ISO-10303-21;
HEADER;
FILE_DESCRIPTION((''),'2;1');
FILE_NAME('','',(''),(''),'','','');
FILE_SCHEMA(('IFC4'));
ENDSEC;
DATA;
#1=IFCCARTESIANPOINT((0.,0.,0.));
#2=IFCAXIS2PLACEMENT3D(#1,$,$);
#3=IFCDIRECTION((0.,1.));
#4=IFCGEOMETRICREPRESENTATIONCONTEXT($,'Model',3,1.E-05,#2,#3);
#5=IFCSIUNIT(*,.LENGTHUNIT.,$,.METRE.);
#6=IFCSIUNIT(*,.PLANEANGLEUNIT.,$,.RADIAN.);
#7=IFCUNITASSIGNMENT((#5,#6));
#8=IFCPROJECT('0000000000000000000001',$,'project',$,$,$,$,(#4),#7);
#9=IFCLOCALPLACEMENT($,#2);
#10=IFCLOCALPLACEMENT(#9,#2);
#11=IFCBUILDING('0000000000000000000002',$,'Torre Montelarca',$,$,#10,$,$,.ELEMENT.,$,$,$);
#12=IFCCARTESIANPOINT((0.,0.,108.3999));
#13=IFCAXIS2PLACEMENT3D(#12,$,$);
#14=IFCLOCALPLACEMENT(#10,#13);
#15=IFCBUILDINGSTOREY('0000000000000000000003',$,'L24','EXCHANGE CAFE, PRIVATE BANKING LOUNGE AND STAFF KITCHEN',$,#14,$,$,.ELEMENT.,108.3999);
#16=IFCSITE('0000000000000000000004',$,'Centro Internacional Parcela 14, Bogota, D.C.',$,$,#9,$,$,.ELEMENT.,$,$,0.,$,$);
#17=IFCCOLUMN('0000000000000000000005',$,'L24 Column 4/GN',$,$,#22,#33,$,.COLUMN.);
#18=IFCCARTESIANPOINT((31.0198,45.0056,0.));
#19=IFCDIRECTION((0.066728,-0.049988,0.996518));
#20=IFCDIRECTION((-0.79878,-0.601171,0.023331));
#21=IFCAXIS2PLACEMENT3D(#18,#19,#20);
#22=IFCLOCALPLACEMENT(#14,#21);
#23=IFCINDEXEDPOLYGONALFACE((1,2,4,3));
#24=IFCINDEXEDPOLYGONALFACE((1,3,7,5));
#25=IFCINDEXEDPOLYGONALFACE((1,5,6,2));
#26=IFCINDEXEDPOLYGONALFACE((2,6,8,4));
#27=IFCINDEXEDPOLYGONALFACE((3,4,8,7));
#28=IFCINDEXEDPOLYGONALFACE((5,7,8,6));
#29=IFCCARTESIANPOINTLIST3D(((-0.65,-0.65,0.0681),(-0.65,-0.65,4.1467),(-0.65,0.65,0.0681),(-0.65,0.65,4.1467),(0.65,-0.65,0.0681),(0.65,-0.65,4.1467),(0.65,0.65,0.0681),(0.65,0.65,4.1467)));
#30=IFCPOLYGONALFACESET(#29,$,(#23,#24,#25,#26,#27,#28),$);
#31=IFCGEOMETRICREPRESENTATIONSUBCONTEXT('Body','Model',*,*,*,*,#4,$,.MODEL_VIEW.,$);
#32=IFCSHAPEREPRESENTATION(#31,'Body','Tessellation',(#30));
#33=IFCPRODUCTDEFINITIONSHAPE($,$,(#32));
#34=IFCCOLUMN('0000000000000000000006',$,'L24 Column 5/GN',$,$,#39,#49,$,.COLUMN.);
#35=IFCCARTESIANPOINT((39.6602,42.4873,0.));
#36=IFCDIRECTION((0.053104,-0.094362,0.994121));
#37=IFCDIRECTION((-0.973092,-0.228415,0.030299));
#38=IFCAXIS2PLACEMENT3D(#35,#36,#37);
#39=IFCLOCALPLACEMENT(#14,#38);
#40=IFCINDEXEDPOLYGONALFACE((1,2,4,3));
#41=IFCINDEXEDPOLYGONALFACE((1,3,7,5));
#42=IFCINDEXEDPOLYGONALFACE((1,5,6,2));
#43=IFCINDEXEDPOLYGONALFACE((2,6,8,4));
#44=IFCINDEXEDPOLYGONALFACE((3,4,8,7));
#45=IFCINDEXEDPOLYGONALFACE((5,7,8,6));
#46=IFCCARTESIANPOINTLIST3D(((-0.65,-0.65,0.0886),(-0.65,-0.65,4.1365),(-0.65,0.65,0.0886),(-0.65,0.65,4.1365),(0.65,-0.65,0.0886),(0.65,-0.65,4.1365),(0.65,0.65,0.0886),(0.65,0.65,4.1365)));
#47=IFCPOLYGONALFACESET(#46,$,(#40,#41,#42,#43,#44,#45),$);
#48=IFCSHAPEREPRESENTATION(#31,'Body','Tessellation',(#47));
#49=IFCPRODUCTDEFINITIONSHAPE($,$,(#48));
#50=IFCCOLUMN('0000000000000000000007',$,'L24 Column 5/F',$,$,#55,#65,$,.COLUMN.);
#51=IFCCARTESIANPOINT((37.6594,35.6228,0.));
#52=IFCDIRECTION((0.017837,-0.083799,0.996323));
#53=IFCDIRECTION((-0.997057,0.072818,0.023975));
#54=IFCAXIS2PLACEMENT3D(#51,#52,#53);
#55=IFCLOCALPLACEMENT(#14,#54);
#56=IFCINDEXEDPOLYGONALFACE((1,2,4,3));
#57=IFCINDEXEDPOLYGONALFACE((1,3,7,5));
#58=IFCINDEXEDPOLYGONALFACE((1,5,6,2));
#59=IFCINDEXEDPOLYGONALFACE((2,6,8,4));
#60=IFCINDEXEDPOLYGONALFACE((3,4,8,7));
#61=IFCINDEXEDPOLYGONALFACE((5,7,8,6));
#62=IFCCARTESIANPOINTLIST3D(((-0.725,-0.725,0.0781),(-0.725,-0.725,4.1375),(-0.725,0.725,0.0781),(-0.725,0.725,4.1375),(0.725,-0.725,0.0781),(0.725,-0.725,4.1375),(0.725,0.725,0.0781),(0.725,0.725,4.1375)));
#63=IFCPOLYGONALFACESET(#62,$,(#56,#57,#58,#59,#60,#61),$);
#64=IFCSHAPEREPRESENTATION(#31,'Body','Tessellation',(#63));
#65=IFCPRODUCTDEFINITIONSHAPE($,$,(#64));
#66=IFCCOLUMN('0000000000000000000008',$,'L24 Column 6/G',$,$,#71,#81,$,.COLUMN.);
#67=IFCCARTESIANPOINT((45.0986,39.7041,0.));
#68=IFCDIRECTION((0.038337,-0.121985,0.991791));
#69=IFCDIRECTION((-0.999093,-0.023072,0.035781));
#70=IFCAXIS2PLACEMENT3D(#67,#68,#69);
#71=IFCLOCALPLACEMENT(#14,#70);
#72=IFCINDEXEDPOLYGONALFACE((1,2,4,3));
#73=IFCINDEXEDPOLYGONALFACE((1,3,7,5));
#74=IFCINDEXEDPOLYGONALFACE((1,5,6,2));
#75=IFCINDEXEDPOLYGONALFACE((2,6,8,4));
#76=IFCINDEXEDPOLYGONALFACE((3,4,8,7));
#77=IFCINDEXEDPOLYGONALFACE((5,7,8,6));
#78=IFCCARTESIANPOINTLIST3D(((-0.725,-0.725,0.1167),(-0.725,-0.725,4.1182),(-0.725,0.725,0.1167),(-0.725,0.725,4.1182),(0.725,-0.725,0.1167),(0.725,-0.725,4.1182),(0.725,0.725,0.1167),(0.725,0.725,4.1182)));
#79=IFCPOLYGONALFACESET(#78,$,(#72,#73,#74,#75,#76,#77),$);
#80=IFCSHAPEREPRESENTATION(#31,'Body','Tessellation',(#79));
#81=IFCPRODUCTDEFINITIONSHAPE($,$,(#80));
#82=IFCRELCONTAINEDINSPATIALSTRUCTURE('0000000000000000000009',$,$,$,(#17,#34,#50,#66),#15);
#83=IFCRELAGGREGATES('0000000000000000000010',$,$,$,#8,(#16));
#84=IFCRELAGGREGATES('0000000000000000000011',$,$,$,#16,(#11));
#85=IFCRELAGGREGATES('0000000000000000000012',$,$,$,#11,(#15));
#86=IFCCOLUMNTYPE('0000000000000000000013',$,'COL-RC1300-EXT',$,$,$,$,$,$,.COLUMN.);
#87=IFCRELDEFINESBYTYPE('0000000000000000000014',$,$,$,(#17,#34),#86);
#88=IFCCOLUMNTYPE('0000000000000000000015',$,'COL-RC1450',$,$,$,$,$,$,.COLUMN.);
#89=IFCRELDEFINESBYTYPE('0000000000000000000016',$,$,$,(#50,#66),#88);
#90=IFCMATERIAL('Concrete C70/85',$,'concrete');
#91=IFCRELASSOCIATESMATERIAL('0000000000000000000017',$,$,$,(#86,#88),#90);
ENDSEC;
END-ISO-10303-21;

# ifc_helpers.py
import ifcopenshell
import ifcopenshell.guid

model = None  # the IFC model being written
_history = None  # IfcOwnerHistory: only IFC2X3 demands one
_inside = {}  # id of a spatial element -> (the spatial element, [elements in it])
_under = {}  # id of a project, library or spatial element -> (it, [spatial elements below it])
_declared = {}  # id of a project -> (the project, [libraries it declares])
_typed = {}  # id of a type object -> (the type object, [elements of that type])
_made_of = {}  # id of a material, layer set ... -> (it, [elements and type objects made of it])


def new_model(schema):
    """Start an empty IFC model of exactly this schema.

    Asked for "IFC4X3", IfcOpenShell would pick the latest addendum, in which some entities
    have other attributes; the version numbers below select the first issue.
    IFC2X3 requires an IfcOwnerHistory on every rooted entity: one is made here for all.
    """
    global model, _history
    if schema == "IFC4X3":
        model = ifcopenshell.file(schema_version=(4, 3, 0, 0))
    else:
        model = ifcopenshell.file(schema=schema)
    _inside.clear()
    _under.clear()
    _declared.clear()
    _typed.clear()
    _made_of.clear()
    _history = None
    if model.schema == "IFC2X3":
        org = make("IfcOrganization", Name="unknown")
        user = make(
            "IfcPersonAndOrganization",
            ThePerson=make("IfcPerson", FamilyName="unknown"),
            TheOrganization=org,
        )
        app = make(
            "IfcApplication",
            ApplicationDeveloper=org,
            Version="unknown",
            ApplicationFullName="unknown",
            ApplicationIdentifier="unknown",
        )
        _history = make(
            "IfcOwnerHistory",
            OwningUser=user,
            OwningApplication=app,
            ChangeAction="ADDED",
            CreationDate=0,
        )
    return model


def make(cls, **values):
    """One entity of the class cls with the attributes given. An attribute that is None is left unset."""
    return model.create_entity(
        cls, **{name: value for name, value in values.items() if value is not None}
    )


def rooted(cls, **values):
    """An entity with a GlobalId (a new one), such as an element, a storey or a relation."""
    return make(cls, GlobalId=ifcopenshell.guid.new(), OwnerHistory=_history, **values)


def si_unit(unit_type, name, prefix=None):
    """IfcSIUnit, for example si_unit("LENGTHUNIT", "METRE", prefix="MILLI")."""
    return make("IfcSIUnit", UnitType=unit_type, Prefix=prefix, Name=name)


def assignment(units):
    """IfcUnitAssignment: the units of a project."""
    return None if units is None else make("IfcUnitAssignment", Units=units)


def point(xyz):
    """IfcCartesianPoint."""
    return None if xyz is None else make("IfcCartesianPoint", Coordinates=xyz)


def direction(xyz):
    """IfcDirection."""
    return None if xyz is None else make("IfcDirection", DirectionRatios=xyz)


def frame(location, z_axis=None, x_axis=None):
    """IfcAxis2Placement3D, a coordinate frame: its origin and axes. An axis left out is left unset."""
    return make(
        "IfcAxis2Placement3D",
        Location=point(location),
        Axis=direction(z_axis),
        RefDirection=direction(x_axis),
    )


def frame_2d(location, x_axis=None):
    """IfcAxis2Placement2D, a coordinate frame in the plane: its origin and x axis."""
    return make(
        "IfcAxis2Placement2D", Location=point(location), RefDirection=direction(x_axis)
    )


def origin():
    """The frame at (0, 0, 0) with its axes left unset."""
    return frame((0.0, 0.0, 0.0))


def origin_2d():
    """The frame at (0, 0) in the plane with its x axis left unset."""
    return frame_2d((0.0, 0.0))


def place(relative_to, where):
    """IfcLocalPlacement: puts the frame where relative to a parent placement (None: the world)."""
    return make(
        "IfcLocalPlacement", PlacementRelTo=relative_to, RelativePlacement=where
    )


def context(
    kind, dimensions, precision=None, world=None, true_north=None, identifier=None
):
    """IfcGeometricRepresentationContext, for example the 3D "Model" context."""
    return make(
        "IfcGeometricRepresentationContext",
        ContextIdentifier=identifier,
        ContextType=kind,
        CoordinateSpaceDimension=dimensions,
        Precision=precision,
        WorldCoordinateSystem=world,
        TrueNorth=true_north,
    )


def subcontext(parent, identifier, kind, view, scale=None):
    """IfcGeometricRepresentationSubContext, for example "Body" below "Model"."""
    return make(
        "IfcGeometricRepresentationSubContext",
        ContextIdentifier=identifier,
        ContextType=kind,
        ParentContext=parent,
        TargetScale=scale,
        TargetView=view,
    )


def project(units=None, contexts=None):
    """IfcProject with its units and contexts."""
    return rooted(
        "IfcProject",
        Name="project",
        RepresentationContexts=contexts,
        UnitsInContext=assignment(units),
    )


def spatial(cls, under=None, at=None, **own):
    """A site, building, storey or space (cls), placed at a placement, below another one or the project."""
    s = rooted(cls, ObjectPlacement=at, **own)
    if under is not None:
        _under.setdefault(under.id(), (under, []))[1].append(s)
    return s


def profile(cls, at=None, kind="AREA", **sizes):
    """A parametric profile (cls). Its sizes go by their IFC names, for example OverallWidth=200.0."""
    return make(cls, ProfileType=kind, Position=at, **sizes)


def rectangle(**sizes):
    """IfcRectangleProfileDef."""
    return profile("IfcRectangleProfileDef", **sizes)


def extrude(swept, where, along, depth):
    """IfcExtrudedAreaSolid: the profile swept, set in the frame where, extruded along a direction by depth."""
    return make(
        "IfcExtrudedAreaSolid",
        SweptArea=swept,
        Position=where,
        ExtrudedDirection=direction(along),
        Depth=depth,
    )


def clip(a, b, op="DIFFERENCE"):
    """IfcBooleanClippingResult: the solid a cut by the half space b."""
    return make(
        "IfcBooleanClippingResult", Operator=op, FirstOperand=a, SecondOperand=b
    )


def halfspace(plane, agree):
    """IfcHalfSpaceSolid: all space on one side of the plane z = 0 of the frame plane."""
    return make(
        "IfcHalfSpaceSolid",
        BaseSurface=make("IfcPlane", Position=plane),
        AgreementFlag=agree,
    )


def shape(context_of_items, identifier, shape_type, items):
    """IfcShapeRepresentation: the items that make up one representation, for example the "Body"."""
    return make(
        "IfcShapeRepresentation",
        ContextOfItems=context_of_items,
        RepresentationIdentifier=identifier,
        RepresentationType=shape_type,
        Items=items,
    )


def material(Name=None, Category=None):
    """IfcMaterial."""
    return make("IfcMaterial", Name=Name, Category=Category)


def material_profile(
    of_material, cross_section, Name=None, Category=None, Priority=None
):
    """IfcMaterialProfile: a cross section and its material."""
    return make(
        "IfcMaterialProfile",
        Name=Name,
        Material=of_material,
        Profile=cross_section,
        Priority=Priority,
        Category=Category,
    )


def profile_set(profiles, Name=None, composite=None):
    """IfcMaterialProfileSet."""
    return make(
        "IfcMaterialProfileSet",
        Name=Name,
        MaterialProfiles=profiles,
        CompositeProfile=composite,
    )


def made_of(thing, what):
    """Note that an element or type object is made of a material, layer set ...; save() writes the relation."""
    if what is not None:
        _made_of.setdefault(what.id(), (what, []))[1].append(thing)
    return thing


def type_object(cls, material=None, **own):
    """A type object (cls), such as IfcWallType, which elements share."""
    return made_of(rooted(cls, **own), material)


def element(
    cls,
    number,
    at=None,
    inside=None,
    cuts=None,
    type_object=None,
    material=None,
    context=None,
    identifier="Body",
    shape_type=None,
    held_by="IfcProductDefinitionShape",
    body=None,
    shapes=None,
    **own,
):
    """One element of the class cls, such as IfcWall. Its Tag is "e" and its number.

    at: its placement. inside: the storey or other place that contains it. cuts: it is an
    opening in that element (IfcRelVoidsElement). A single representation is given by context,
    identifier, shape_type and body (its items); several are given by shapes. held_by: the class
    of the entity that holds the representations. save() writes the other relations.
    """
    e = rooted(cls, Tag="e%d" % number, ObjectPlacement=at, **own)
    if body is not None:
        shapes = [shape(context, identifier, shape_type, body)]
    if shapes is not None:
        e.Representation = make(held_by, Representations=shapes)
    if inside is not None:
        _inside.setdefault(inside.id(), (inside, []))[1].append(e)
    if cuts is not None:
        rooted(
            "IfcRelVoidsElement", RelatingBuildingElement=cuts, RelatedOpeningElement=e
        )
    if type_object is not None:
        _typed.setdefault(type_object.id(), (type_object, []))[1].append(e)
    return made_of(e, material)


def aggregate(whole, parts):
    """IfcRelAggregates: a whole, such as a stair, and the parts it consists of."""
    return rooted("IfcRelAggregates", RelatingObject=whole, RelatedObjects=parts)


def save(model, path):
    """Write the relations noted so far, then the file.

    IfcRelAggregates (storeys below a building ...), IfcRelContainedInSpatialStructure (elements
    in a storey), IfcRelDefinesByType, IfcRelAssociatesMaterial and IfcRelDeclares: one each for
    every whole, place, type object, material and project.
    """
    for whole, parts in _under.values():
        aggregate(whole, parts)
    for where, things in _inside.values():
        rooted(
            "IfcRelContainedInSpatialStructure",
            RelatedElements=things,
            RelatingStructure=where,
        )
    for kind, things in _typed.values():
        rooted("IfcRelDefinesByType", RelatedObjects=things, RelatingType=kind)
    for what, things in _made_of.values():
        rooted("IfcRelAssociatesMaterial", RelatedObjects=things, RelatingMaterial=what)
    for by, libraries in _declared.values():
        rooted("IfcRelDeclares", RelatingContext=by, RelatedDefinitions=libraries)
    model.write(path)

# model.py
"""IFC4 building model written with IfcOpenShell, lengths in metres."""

from ifc_helpers import new_model, si_unit, direction, frame, origin, origin_2d, place, context, subcontext, project, spatial, rectangle, extrude, clip, halfspace, material, material_profile, profile_set, type_object, element, save


model = new_model("IFC4")

# Units and contexts
model_context = context("Model", 3, precision=1e-05, world=origin(), true_north=direction((0.0, 1.0)))
body_context = subcontext(model_context, "Body", "Model", "MODEL_VIEW")
ifc_project = project(units=[si_unit("LENGTHUNIT", "METRE"), si_unit("PLANEANGLEUNIT", "RADIAN")], contexts=[model_context])

# Site, building, storey
site_placement = place(None, origin())
site = spatial("IfcSite", under=ifc_project, at=site_placement, Name="Centro Internacional Parcela 14, Bogota, D.C.", CompositionType="ELEMENT", RefElevation=0.0)
building_placement = place(site_placement, origin())
building = spatial("IfcBuilding", under=site, at=building_placement, Name="Torre Montelarca", CompositionType="ELEMENT")
storey_placement = place(building_placement, frame((0.0, 0.0, 108.3999)))
storey = spatial("IfcBuildingStorey", under=building, at=storey_placement, Name="L24", Description="EXCHANGE CAFE, PRIVATE BANKING LOUNGE AND STAFF KITCHEN", CompositionType="ELEMENT", Elevation=108.3999)

# Columns
ifc_material_1 = material(Name="Concrete C70/85", Category="concrete")
ifc_material_profile_1 = material_profile(ifc_material_1, rectangle(XDim=1.3, YDim=1.3, at=origin_2d()), Name="RC1300X1300", Category="concrete")
ifc_profile_set_1 = profile_set([ifc_material_profile_1], Name="Concrete C70/85")
column_type_1 = type_object("IfcColumnType", Name="COL-RC1300-EXT", PredefinedType="COLUMN", material=ifc_profile_set_1)
column_1_placement = place(storey_placement, frame((31.0198, 45.0056, 0.0), z_axis=(0.066728, -0.049988, 0.996518), x_axis=(-0.79878, -0.601171, 0.023331)))
element("IfcColumn", 1, at=column_1_placement, inside=storey, type_object=column_type_1, Name="L24 Column 4/GN", PredefinedType="COLUMN", context=body_context, shape_type="Clipping", body=[
    clip(clip(extrude(rectangle(XDim=1.3, YDim=1.3, at=origin_2d()), origin(), (0.0, 0.0, 1.0), 4.2148), halfspace(frame((0.0, 0.0, 0.0681), z_axis=(0.0, 0.0, -1.0), x_axis=(1.0, 0.0, 0.0)), False)), halfspace(frame((0.0, 0.0, 4.1467), z_axis=(0.0, 0.0, 1.0), x_axis=(1.0, 0.0, 0.0)), False)),
])
column_2_placement = place(storey_placement, frame((39.6602, 42.4873, 0.0), z_axis=(0.053104, -0.094362, 0.994121), x_axis=(-0.973092, -0.228415, 0.030299)))
element("IfcColumn", 2, at=column_2_placement, inside=storey, type_object=column_type_1, Name="L24 Column 5/GN", PredefinedType="COLUMN", context=body_context, shape_type="Clipping", body=[
    clip(clip(extrude(rectangle(XDim=1.3, YDim=1.3, at=origin_2d()), origin(), (0.0, 0.0, 1.0), 4.2251), halfspace(frame((0.0, 0.0, 0.0886), z_axis=(0.0, 0.0, -1.0), x_axis=(1.0, 0.0, 0.0)), False)), halfspace(frame((0.0, 0.0, 4.1365), z_axis=(0.0, 0.0, 1.0), x_axis=(1.0, 0.0, 0.0)), False)),
])
ifc_material_profile_2 = material_profile(ifc_material_1, rectangle(XDim=1.45, YDim=1.45, at=origin_2d()), Name="RC1450X1450", Category="concrete")
ifc_profile_set_2 = profile_set([ifc_material_profile_2], Name="Concrete C70/85")
column_type_2 = type_object("IfcColumnType", Name="COL-RC1450", PredefinedType="COLUMN", material=ifc_profile_set_2)
column_3_placement = place(storey_placement, frame((37.6594, 35.6228, 0.0), z_axis=(0.017837, -0.083799, 0.996323), x_axis=(-0.997057, 0.072818, 0.023975)))
element("IfcColumn", 3, at=column_3_placement, inside=storey, type_object=column_type_2, Name="L24 Column 5/F", PredefinedType="COLUMN", context=body_context, shape_type="Clipping", body=[
    clip(clip(extrude(rectangle(XDim=1.45, YDim=1.45, at=origin_2d()), origin(), (0.0, 0.0, 1.0), 4.2156), halfspace(frame((0.0, 0.0, 0.0781), z_axis=(0.0, 0.0, -1.0), x_axis=(1.0, 0.0, 0.0)), False)), halfspace(frame((0.0, 0.0, 4.1375), z_axis=(0.0, 0.0, 1.0), x_axis=(1.0, 0.0, 0.0)), False)),
])
column_4_placement = place(storey_placement, frame((45.0986, 39.7041, 0.0), z_axis=(0.038337, -0.121985, 0.991791), x_axis=(-0.999093, -0.023072, 0.035781)))
element("IfcColumn", 4, at=column_4_placement, inside=storey, type_object=column_type_2, Name="L24 Column 6/G", PredefinedType="COLUMN", context=body_context, shape_type="Clipping", body=[
    clip(clip(extrude(rectangle(XDim=1.45, YDim=1.45, at=origin_2d()), origin(), (0.0, 0.0, 1.0), 4.2349), halfspace(frame((0.0, 0.0, 0.1167), z_axis=(0.0, 0.0, -1.0), x_axis=(1.0, 0.0, 0.0)), False)), halfspace(frame((0.0, 0.0, 4.1182), z_axis=(0.0, 0.0, 1.0), x_axis=(1.0, 0.0, 0.0)), False)),
])

save(model, "model.ifc")
